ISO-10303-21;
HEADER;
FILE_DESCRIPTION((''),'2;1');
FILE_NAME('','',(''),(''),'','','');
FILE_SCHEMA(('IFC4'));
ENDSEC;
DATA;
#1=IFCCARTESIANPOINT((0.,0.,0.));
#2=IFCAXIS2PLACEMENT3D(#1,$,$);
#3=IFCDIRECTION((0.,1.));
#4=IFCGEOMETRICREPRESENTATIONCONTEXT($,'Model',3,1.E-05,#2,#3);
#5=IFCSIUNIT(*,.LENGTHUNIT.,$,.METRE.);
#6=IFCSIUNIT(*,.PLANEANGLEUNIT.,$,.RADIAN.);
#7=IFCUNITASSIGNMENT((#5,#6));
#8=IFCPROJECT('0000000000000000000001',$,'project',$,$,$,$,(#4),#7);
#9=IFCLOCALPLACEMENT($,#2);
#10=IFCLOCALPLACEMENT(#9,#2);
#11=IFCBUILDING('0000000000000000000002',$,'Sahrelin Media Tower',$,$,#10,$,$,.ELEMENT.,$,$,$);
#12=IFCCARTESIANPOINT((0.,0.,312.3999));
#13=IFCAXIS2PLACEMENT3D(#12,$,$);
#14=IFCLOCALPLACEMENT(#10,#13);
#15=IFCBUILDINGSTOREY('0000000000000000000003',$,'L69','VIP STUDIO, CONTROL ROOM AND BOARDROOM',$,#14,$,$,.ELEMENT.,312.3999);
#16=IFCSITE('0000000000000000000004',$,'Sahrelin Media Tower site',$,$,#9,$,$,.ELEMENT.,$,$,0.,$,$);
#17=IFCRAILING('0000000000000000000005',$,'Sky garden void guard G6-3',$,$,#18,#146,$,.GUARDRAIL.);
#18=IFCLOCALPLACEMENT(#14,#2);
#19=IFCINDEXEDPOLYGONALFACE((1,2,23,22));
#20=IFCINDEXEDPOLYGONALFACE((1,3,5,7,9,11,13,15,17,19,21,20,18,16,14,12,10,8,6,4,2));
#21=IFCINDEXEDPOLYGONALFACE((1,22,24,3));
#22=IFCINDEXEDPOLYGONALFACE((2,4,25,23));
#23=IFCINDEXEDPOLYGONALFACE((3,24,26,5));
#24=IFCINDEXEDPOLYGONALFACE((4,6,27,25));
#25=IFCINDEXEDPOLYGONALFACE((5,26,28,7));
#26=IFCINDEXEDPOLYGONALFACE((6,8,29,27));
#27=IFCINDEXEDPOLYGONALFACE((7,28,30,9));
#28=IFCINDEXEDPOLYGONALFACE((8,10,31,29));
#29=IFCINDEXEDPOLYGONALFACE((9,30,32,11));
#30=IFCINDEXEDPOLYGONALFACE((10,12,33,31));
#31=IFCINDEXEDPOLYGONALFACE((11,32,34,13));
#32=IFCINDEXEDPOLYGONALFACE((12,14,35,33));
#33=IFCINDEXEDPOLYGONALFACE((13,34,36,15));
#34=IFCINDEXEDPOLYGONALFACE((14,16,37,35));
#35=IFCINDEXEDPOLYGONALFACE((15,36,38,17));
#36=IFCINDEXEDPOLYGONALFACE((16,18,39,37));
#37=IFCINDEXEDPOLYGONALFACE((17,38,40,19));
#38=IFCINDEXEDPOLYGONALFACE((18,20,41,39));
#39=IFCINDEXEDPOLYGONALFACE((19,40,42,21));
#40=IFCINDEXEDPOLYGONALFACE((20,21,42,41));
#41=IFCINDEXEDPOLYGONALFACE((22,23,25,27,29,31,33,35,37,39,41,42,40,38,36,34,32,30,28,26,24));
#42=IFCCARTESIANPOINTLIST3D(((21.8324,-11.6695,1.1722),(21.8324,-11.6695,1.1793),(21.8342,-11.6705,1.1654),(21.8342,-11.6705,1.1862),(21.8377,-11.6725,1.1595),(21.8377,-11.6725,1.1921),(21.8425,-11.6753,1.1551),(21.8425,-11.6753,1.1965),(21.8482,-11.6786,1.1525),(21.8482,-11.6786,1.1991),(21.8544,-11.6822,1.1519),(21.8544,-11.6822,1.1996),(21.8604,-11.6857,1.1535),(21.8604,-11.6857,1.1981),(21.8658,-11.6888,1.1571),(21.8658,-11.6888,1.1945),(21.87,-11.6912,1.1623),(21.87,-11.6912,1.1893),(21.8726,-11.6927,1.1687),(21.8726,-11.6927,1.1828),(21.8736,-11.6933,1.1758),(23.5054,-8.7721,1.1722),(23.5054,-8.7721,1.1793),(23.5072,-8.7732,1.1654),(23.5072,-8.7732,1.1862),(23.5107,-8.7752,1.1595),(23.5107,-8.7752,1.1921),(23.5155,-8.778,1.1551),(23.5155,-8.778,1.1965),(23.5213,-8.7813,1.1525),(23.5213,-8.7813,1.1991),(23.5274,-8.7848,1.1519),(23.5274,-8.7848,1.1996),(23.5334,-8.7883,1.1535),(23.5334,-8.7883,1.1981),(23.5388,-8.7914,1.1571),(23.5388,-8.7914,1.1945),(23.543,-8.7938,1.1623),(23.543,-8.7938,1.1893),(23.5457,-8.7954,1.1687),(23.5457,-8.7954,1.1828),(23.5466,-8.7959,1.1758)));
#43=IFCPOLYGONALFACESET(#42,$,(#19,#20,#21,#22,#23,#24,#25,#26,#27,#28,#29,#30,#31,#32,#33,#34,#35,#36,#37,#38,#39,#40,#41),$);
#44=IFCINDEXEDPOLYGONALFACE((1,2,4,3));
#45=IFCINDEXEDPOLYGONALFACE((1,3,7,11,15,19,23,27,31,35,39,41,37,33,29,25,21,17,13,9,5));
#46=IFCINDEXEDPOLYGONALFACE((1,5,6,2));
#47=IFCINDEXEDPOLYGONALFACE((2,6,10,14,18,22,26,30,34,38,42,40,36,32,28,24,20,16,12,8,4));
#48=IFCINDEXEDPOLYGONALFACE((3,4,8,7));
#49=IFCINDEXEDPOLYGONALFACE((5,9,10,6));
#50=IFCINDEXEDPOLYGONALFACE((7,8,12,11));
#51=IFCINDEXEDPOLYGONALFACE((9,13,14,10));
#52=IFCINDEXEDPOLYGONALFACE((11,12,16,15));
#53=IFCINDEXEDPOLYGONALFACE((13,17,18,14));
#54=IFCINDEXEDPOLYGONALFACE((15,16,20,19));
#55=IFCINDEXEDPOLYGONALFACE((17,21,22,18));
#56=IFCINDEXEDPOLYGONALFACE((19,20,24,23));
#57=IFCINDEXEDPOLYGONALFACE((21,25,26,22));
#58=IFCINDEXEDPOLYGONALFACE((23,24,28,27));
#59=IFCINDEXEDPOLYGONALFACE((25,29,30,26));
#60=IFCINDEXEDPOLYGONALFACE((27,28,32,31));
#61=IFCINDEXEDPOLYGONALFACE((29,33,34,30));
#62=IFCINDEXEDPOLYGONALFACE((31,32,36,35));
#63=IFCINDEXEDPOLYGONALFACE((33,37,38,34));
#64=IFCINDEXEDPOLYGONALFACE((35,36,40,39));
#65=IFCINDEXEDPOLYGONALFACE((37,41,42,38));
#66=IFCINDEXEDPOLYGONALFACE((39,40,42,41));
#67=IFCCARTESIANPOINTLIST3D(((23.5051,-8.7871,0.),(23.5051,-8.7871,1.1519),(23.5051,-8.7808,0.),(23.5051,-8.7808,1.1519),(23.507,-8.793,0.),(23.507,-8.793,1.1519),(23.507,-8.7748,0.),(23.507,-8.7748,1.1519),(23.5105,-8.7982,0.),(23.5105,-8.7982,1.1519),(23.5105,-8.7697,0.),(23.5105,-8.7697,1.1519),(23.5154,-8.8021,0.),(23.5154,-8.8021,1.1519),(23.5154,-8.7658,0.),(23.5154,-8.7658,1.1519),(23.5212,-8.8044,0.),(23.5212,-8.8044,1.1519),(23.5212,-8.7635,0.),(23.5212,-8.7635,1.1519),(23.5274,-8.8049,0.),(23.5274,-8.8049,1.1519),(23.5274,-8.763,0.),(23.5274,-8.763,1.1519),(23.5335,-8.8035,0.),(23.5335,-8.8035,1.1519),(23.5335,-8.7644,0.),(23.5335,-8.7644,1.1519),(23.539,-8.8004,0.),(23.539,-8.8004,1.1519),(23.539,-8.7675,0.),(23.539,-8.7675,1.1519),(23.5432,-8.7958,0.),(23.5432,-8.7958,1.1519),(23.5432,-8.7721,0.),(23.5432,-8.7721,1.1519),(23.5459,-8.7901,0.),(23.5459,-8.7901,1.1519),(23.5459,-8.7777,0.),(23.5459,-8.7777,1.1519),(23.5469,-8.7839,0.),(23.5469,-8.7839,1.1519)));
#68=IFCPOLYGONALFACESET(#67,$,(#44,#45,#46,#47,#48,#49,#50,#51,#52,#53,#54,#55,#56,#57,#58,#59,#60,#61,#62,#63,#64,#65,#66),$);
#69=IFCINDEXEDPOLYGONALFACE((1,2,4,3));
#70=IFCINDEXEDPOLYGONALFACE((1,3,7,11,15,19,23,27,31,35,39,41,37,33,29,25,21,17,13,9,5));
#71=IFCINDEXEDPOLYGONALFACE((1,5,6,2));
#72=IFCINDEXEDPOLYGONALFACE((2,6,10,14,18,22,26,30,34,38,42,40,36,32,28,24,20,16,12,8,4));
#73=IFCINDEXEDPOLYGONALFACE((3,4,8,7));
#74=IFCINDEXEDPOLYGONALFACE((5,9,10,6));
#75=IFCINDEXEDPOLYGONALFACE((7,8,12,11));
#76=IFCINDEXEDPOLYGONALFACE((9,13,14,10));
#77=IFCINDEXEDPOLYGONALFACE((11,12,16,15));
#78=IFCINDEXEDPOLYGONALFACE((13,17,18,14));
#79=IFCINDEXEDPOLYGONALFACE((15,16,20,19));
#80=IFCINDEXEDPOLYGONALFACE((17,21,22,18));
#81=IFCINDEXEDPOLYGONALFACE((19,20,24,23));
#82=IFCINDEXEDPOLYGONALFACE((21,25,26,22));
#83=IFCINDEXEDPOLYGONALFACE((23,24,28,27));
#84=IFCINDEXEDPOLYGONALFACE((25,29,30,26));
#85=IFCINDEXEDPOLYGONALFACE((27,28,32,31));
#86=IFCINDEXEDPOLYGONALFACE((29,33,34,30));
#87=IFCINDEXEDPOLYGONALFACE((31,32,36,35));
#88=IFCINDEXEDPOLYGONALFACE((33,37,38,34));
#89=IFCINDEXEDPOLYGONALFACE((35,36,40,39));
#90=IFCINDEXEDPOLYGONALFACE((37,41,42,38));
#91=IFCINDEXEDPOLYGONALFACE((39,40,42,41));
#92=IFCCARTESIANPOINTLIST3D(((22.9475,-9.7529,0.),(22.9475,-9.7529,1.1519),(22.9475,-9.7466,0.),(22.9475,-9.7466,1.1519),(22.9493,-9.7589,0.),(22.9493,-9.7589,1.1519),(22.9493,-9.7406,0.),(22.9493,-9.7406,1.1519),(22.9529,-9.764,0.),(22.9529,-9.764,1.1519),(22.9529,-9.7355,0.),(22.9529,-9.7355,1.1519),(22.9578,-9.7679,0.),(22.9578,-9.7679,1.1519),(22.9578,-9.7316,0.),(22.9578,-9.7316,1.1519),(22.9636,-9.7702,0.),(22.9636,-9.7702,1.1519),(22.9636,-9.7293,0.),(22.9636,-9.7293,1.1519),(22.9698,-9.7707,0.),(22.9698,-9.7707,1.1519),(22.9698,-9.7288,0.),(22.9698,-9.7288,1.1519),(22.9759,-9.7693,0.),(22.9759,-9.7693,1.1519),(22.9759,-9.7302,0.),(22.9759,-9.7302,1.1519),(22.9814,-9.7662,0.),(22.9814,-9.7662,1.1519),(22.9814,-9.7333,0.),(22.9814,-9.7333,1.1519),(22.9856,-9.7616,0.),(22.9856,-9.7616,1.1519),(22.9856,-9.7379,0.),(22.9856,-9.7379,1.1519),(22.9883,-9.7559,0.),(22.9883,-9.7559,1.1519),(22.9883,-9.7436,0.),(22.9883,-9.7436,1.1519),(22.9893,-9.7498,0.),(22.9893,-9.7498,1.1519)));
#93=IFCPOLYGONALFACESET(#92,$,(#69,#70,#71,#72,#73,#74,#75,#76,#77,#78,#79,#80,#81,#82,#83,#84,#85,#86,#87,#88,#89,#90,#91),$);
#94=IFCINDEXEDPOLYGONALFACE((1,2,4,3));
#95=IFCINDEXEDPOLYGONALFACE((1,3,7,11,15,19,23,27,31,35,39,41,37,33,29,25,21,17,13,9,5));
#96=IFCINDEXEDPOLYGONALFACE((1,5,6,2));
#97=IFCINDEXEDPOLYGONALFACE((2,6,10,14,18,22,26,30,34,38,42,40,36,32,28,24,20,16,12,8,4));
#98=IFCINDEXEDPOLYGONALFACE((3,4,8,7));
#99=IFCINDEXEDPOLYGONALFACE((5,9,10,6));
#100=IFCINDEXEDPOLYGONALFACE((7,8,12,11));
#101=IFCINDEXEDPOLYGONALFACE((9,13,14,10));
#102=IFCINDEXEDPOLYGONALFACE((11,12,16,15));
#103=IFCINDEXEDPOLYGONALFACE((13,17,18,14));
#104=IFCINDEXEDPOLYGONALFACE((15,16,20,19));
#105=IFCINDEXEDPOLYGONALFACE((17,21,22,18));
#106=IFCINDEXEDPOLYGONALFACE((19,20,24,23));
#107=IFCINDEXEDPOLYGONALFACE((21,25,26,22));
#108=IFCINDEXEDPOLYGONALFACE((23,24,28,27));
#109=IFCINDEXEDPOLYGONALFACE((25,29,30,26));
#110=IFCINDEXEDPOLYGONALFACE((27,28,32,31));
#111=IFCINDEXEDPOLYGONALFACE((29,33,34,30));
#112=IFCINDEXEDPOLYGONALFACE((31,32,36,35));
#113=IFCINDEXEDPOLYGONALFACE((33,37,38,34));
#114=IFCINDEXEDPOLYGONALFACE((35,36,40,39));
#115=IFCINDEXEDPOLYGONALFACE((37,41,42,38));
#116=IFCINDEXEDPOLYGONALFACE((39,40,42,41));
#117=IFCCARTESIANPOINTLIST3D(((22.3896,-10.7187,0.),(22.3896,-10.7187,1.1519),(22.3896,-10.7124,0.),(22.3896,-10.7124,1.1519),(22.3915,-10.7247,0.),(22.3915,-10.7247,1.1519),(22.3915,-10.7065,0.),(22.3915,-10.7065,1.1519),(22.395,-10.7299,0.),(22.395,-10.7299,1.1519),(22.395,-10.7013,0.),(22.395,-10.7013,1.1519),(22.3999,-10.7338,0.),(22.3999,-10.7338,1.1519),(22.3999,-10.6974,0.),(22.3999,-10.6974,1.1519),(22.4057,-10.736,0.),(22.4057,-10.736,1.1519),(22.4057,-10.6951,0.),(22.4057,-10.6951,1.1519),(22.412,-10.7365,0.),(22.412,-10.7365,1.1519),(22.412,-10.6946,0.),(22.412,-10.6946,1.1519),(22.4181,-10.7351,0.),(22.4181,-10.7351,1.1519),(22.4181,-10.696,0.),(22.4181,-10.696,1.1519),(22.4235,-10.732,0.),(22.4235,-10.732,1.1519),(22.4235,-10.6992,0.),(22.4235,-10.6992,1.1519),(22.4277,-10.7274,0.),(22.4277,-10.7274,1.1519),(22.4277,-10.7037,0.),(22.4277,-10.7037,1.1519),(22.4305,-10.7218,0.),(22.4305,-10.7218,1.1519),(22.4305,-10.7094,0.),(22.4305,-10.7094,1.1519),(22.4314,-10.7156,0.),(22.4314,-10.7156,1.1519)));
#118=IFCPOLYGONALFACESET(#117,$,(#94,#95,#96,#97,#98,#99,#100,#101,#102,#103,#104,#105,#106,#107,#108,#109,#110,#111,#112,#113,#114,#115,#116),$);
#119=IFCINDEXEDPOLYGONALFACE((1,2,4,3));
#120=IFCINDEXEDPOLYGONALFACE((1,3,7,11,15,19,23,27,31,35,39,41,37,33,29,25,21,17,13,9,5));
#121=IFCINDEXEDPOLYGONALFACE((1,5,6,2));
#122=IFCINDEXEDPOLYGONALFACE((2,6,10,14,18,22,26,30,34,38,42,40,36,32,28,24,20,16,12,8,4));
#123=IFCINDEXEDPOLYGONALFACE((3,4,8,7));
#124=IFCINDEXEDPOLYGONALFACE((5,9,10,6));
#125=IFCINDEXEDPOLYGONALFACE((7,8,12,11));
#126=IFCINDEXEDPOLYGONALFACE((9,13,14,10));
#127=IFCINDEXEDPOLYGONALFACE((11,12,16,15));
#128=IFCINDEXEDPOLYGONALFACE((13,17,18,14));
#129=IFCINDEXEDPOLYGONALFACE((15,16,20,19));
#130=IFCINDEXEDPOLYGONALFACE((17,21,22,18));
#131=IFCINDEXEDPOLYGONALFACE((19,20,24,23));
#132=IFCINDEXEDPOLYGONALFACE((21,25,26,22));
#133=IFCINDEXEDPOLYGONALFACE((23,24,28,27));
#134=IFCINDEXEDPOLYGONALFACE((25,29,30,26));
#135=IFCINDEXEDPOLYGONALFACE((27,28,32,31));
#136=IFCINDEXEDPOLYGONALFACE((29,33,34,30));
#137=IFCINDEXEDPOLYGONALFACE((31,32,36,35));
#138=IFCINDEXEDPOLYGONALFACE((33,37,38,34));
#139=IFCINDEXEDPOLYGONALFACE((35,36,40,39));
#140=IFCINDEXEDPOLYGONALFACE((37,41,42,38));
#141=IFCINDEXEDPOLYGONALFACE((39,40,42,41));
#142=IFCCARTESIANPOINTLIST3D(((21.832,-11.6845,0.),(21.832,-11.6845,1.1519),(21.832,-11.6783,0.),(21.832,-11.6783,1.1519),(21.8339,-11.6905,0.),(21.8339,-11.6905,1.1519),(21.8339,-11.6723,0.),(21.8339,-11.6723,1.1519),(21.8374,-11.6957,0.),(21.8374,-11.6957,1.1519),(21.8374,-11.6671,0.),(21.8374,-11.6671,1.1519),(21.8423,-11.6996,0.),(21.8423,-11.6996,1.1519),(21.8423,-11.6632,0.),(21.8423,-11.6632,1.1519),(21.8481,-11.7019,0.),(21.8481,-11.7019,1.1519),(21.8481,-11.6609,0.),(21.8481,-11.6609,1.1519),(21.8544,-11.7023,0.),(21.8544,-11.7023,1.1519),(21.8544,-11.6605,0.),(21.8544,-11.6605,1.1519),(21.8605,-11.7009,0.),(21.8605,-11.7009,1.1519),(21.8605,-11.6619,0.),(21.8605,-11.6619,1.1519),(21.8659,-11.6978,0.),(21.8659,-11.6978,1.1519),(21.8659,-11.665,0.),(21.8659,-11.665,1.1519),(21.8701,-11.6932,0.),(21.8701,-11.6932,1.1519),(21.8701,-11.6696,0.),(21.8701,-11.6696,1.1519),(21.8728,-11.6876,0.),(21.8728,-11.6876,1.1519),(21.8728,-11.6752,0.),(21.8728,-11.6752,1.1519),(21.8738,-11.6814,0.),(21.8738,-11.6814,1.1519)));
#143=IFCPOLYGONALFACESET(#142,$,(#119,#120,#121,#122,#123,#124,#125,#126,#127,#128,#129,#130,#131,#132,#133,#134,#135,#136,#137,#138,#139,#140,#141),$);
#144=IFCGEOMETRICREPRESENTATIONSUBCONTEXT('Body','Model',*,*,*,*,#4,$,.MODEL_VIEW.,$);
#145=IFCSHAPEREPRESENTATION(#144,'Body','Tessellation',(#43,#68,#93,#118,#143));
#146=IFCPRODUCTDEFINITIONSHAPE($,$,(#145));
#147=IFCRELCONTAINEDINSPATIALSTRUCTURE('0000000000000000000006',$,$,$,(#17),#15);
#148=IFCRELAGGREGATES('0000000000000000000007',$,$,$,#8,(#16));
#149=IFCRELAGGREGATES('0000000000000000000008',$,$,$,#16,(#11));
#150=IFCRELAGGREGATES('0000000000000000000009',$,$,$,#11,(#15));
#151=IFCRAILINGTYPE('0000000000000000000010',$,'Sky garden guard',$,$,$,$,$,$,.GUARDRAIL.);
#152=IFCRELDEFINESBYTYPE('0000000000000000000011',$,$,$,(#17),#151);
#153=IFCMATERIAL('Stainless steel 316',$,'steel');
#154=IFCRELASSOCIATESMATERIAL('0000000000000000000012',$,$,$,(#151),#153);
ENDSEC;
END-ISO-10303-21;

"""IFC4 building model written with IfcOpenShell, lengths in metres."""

from ifc_helpers import new_model, si_unit, direction, frame, origin, origin_2d, place, context, subcontext, project, spatial, circle, extrude, material, type_object, element, save


model = new_model("IFC4")

# Units and contexts
model_context = context("Model", 3, precision=1e-05, world=origin(), true_north=direction((0.0, 1.0)))
body_context = subcontext(model_context, "Body", "Model", "MODEL_VIEW")
ifc_project = project(units=[si_unit("LENGTHUNIT", "METRE"), si_unit("PLANEANGLEUNIT", "RADIAN")], contexts=[model_context])

# Site, building, storey
site_placement = place(None, origin())
site = spatial("IfcSite", under=ifc_project, at=site_placement, Name="Sahrelin Media Tower site", CompositionType="ELEMENT", RefElevation=0.0)
building_placement = place(site_placement, origin())
building = spatial("IfcBuilding", under=site, at=building_placement, Name="Sahrelin Media Tower", CompositionType="ELEMENT")
storey_placement = place(building_placement, frame((0.0, 0.0, 312.3999)))
storey = spatial("IfcBuildingStorey", under=building, at=storey_placement, Name="L69", Description="VIP STUDIO, CONTROL ROOM AND BOARDROOM", CompositionType="ELEMENT", Elevation=312.3999)

# Railing
ifc_material_1 = material(Name="Stainless steel 316", Category="steel")
railing_type_1 = type_object("IfcRailingType", Name="Sky garden guard", PredefinedType="GUARDRAIL", material=ifc_material_1)
railing_1_placement = place(storey_placement, frame((23.5259, -8.7839, 0.0)))
element("IfcRailing", 1, at=railing_1_placement, inside=storey, type_object=railing_type_1, Name="Sky garden void guard G6-3", PredefinedType="GUARDRAIL", context=body_context, shape_type="SweptSolid", body=[
    extrude(circle(Radius=0.0239, at=origin_2d()), frame((0.0, 0.0, 1.1758), z_axis=(-0.500055, -0.865994, 0.0), x_axis=(0.865994, -0.500055, 0.0)), (0.0, 0.0, 1.0), 3.3457),
    extrude(circle(Radius=0.021, at=origin_2d()), origin(), (0.0, 0.0, 1.0), 1.1519),
    extrude(circle(Radius=0.021, at=origin_2d()), frame((-0.5576, -0.9658, 0.0)), (0.0, 0.0, 1.0), 1.1519),
    extrude(circle(Radius=0.021, at=origin_2d()), frame((-1.1155, -1.9316, 0.0)), (0.0, 0.0, 1.0), 1.1519),
    extrude(circle(Radius=0.021, at=origin_2d()), frame((-1.6731, -2.8975, 0.0)), (0.0, 0.0, 1.0), 1.1519),
])

save(model, "model.ifc")
